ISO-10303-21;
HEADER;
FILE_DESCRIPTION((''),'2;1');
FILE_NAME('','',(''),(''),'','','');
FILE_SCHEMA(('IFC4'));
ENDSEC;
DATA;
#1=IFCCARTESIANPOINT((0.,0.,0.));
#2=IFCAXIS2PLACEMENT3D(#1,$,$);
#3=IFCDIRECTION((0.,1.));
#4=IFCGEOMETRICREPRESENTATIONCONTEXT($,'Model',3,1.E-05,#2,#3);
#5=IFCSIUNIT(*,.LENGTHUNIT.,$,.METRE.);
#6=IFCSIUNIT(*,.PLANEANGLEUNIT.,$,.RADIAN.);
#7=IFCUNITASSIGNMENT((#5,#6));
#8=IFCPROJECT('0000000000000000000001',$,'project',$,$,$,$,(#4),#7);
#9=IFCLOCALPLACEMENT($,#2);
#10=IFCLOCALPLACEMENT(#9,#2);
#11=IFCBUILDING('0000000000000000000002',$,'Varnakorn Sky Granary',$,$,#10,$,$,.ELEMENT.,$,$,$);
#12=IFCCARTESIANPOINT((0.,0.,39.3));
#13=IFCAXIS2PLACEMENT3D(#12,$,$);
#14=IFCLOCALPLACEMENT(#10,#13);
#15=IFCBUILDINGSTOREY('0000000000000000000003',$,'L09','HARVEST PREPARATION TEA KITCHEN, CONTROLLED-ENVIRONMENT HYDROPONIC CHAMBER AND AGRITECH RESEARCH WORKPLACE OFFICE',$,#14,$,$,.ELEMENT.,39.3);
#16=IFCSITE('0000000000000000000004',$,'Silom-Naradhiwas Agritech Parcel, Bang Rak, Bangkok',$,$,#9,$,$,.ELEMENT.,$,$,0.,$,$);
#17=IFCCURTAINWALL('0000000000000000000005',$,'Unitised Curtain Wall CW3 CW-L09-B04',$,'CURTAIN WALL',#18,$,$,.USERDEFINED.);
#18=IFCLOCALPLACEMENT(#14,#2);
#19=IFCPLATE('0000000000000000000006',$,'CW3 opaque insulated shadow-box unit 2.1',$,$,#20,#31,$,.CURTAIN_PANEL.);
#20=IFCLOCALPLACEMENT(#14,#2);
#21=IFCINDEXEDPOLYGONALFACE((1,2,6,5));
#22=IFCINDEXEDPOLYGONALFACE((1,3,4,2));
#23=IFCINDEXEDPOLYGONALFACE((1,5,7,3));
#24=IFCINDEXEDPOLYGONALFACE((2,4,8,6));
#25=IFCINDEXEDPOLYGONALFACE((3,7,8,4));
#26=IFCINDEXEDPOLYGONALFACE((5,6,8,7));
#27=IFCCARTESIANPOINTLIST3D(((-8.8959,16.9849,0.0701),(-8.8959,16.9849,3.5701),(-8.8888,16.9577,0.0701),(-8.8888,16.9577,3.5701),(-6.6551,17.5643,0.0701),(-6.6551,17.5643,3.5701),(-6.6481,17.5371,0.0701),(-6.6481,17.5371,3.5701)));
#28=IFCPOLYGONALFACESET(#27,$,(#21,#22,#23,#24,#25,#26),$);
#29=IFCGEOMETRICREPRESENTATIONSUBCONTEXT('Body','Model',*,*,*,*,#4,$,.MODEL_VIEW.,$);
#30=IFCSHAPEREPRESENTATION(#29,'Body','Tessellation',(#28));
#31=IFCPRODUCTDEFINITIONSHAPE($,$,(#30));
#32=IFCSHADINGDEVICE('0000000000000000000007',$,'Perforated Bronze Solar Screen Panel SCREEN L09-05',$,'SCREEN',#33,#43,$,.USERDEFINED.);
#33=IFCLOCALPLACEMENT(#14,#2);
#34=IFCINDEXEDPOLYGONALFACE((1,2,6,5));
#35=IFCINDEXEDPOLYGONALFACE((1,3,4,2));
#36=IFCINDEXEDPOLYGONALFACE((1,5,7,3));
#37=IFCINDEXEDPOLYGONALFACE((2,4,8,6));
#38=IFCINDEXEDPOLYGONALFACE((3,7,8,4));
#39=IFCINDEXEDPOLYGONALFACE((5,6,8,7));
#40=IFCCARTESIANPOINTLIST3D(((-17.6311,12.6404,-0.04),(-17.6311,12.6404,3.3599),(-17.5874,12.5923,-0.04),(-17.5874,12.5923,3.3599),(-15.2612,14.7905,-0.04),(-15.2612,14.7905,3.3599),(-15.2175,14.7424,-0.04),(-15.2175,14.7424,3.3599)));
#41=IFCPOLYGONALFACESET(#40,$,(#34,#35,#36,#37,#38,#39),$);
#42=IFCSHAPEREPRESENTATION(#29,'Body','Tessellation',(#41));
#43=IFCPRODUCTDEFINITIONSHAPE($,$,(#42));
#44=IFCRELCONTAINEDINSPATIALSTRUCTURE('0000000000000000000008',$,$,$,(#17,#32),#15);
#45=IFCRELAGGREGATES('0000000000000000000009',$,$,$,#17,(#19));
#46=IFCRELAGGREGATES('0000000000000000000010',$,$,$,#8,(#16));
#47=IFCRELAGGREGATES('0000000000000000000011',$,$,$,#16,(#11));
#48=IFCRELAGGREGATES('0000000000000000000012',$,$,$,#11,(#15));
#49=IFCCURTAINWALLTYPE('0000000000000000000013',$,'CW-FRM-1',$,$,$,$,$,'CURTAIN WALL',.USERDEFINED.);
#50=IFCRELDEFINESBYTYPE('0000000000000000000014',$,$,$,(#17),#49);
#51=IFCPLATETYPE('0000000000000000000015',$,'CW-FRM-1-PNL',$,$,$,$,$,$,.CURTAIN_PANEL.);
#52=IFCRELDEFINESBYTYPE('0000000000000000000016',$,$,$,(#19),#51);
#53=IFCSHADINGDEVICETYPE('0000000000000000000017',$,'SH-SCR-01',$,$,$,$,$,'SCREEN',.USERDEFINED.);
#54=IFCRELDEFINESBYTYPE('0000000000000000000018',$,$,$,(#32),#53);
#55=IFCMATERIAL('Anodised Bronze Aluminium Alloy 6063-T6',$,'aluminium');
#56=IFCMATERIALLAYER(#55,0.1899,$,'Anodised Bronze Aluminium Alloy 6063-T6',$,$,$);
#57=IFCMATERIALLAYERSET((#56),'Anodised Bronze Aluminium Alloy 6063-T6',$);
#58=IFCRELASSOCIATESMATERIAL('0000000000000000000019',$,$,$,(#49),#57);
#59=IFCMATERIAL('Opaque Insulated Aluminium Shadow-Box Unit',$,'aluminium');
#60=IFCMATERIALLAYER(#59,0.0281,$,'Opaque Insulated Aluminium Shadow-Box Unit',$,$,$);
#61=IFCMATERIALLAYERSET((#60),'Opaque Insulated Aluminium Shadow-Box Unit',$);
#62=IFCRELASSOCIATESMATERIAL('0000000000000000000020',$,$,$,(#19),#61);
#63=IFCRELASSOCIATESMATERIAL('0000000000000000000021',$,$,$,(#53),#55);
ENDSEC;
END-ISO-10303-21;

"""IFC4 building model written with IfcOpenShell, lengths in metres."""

from ifc_helpers import new_model, si_unit, direction, frame, origin, origin_2d, place, context, subcontext, project, spatial, rectangle, extrude, source, transform, mapped, material, layer, layer_set, type_object, type_shapes, element, aggregate, save


model = new_model("IFC4")

# Units and contexts
model_context = context("Model", 3, precision=1e-05, world=origin(), true_north=direction((0.0, 1.0)))
body_context = subcontext(model_context, "Body", "Model", "MODEL_VIEW")
ifc_project = project(units=[si_unit("LENGTHUNIT", "METRE"), si_unit("PLANEANGLEUNIT", "RADIAN")], contexts=[model_context])

# Site, building, storey
site_placement = place(None, origin())
site = spatial("IfcSite", under=ifc_project, at=site_placement, Name="Silom-Naradhiwas Agritech Parcel, Bang Rak, Bangkok", CompositionType="ELEMENT", RefElevation=0.0)
building_placement = place(site_placement, origin())
building = spatial("IfcBuilding", under=site, at=building_placement, Name="Varnakorn Sky Granary", CompositionType="ELEMENT")
storey_placement = place(building_placement, frame((0.0, 0.0, 39.3)))
storey = spatial("IfcBuildingStorey", under=building, at=storey_placement, Name="L09", Description="HARVEST PREPARATION TEA KITCHEN, CONTROLLED-ENVIRONMENT HYDROPONIC CHAMBER AND AGRITECH RESEARCH WORKPLACE OFFICE", CompositionType="ELEMENT", Elevation=39.3)

# Curtain wall
ifc_material_1 = material(Name="Anodised Bronze Aluminium Alloy 6063-T6", Category="aluminium")
ifc_layer_1 = layer(ifc_material_1, 0.1899, Name="Anodised Bronze Aluminium Alloy 6063-T6")
ifc_layer_set_1 = layer_set([ifc_layer_1], Name="Anodised Bronze Aluminium Alloy 6063-T6")
curtain_wall_type = type_object("IfcCurtainWallType", Name="CW-FRM-1", ElementType="CURTAIN WALL", PredefinedType="USERDEFINED", material=ifc_layer_set_1)
curtain_wall_1_placement = place(storey_placement, origin())
curtain_wall_1 = element("IfcCurtainWall", 1, at=curtain_wall_1_placement, inside=storey, type_object=curtain_wall_type, Name="Unitised Curtain Wall CW3 CW-L09-B04", ObjectType="CURTAIN WALL", PredefinedType="USERDEFINED")

# Plate
ifc_material_2 = material(Name="Opaque Insulated Aluminium Shadow-Box Unit", Category="aluminium")
ifc_layer_2 = layer(ifc_material_2, 0.0281, Name="Opaque Insulated Aluminium Shadow-Box Unit")
ifc_layer_set_2 = layer_set([ifc_layer_2], Name="Opaque Insulated Aluminium Shadow-Box Unit")
plate_type_1 = type_object("IfcPlateType", Name="CW-FRM-1-PNL", PredefinedType="CURTAIN_PANEL")
shared_shape_1 = source(origin(), body_context, "Body", "SweptSolid", [
    extrude(rectangle(XDim=2.3145, YDim=0.0281, at=origin_2d()), origin(), (0.0, 0.0, 1.0), 3.5),
])
plate_1_placement = place(storey_placement, frame((-7.772, 17.261, 0.0701), z_axis=(0.0, 0.0, 1.0), x_axis=(0.968153, 0.25036, 0.0)))
plate_1 = element("IfcPlate", 2, at=plate_1_placement, type_object=plate_type_1, material=ifc_layer_set_2, Name="CW3 opaque insulated shadow-box unit 2.1", PredefinedType="CURTAIN_PANEL", context=body_context, shape_type="MappedRepresentation", body=[
    mapped(shared_shape_1, transform((0.0, 0.0, 0.0), x_axis=(1.0, 0.0, 0.0), y_axis=(0.0, 1.0, 0.0), z_axis=(0.0, 0.0, 1.0), scale=1.0)),
])
aggregate(curtain_wall_1, [plate_1])

# Shading device
shading_device_type = type_object("IfcShadingDeviceType", Name="SH-SCR-01", ElementType="SCREEN", PredefinedType="USERDEFINED", material=ifc_material_1)
shared_shape_2 = source(origin(), body_context, "Body", "SweptSolid", [
    extrude(rectangle(XDim=3.2, YDim=0.0649, at=origin_2d()), origin(), (0.0, 0.0, 1.0), 3.3999),
])
type_shapes(shading_device_type, [shared_shape_2])
shading_device_placement = place(storey_placement, frame((-16.4243, 13.6914, -0.04), z_axis=(0.0, 0.0, 1.0), x_axis=(-0.740604, -0.671941, 0.0)))
element("IfcShadingDevice", 3, at=shading_device_placement, inside=storey, type_object=shading_device_type, Name="Perforated Bronze Solar Screen Panel SCREEN L09-05", ObjectType="SCREEN", PredefinedType="USERDEFINED", context=body_context, shape_type="MappedRepresentation", body=[
    mapped(shared_shape_2, transform((0.0, 0.0, 0.0), x_axis=(1.0, 0.0, 0.0), y_axis=(0.0, 1.0, 0.0), z_axis=(0.0, 0.0, 1.0), scale=1.0)),
])

save(model, "model.ifc")
